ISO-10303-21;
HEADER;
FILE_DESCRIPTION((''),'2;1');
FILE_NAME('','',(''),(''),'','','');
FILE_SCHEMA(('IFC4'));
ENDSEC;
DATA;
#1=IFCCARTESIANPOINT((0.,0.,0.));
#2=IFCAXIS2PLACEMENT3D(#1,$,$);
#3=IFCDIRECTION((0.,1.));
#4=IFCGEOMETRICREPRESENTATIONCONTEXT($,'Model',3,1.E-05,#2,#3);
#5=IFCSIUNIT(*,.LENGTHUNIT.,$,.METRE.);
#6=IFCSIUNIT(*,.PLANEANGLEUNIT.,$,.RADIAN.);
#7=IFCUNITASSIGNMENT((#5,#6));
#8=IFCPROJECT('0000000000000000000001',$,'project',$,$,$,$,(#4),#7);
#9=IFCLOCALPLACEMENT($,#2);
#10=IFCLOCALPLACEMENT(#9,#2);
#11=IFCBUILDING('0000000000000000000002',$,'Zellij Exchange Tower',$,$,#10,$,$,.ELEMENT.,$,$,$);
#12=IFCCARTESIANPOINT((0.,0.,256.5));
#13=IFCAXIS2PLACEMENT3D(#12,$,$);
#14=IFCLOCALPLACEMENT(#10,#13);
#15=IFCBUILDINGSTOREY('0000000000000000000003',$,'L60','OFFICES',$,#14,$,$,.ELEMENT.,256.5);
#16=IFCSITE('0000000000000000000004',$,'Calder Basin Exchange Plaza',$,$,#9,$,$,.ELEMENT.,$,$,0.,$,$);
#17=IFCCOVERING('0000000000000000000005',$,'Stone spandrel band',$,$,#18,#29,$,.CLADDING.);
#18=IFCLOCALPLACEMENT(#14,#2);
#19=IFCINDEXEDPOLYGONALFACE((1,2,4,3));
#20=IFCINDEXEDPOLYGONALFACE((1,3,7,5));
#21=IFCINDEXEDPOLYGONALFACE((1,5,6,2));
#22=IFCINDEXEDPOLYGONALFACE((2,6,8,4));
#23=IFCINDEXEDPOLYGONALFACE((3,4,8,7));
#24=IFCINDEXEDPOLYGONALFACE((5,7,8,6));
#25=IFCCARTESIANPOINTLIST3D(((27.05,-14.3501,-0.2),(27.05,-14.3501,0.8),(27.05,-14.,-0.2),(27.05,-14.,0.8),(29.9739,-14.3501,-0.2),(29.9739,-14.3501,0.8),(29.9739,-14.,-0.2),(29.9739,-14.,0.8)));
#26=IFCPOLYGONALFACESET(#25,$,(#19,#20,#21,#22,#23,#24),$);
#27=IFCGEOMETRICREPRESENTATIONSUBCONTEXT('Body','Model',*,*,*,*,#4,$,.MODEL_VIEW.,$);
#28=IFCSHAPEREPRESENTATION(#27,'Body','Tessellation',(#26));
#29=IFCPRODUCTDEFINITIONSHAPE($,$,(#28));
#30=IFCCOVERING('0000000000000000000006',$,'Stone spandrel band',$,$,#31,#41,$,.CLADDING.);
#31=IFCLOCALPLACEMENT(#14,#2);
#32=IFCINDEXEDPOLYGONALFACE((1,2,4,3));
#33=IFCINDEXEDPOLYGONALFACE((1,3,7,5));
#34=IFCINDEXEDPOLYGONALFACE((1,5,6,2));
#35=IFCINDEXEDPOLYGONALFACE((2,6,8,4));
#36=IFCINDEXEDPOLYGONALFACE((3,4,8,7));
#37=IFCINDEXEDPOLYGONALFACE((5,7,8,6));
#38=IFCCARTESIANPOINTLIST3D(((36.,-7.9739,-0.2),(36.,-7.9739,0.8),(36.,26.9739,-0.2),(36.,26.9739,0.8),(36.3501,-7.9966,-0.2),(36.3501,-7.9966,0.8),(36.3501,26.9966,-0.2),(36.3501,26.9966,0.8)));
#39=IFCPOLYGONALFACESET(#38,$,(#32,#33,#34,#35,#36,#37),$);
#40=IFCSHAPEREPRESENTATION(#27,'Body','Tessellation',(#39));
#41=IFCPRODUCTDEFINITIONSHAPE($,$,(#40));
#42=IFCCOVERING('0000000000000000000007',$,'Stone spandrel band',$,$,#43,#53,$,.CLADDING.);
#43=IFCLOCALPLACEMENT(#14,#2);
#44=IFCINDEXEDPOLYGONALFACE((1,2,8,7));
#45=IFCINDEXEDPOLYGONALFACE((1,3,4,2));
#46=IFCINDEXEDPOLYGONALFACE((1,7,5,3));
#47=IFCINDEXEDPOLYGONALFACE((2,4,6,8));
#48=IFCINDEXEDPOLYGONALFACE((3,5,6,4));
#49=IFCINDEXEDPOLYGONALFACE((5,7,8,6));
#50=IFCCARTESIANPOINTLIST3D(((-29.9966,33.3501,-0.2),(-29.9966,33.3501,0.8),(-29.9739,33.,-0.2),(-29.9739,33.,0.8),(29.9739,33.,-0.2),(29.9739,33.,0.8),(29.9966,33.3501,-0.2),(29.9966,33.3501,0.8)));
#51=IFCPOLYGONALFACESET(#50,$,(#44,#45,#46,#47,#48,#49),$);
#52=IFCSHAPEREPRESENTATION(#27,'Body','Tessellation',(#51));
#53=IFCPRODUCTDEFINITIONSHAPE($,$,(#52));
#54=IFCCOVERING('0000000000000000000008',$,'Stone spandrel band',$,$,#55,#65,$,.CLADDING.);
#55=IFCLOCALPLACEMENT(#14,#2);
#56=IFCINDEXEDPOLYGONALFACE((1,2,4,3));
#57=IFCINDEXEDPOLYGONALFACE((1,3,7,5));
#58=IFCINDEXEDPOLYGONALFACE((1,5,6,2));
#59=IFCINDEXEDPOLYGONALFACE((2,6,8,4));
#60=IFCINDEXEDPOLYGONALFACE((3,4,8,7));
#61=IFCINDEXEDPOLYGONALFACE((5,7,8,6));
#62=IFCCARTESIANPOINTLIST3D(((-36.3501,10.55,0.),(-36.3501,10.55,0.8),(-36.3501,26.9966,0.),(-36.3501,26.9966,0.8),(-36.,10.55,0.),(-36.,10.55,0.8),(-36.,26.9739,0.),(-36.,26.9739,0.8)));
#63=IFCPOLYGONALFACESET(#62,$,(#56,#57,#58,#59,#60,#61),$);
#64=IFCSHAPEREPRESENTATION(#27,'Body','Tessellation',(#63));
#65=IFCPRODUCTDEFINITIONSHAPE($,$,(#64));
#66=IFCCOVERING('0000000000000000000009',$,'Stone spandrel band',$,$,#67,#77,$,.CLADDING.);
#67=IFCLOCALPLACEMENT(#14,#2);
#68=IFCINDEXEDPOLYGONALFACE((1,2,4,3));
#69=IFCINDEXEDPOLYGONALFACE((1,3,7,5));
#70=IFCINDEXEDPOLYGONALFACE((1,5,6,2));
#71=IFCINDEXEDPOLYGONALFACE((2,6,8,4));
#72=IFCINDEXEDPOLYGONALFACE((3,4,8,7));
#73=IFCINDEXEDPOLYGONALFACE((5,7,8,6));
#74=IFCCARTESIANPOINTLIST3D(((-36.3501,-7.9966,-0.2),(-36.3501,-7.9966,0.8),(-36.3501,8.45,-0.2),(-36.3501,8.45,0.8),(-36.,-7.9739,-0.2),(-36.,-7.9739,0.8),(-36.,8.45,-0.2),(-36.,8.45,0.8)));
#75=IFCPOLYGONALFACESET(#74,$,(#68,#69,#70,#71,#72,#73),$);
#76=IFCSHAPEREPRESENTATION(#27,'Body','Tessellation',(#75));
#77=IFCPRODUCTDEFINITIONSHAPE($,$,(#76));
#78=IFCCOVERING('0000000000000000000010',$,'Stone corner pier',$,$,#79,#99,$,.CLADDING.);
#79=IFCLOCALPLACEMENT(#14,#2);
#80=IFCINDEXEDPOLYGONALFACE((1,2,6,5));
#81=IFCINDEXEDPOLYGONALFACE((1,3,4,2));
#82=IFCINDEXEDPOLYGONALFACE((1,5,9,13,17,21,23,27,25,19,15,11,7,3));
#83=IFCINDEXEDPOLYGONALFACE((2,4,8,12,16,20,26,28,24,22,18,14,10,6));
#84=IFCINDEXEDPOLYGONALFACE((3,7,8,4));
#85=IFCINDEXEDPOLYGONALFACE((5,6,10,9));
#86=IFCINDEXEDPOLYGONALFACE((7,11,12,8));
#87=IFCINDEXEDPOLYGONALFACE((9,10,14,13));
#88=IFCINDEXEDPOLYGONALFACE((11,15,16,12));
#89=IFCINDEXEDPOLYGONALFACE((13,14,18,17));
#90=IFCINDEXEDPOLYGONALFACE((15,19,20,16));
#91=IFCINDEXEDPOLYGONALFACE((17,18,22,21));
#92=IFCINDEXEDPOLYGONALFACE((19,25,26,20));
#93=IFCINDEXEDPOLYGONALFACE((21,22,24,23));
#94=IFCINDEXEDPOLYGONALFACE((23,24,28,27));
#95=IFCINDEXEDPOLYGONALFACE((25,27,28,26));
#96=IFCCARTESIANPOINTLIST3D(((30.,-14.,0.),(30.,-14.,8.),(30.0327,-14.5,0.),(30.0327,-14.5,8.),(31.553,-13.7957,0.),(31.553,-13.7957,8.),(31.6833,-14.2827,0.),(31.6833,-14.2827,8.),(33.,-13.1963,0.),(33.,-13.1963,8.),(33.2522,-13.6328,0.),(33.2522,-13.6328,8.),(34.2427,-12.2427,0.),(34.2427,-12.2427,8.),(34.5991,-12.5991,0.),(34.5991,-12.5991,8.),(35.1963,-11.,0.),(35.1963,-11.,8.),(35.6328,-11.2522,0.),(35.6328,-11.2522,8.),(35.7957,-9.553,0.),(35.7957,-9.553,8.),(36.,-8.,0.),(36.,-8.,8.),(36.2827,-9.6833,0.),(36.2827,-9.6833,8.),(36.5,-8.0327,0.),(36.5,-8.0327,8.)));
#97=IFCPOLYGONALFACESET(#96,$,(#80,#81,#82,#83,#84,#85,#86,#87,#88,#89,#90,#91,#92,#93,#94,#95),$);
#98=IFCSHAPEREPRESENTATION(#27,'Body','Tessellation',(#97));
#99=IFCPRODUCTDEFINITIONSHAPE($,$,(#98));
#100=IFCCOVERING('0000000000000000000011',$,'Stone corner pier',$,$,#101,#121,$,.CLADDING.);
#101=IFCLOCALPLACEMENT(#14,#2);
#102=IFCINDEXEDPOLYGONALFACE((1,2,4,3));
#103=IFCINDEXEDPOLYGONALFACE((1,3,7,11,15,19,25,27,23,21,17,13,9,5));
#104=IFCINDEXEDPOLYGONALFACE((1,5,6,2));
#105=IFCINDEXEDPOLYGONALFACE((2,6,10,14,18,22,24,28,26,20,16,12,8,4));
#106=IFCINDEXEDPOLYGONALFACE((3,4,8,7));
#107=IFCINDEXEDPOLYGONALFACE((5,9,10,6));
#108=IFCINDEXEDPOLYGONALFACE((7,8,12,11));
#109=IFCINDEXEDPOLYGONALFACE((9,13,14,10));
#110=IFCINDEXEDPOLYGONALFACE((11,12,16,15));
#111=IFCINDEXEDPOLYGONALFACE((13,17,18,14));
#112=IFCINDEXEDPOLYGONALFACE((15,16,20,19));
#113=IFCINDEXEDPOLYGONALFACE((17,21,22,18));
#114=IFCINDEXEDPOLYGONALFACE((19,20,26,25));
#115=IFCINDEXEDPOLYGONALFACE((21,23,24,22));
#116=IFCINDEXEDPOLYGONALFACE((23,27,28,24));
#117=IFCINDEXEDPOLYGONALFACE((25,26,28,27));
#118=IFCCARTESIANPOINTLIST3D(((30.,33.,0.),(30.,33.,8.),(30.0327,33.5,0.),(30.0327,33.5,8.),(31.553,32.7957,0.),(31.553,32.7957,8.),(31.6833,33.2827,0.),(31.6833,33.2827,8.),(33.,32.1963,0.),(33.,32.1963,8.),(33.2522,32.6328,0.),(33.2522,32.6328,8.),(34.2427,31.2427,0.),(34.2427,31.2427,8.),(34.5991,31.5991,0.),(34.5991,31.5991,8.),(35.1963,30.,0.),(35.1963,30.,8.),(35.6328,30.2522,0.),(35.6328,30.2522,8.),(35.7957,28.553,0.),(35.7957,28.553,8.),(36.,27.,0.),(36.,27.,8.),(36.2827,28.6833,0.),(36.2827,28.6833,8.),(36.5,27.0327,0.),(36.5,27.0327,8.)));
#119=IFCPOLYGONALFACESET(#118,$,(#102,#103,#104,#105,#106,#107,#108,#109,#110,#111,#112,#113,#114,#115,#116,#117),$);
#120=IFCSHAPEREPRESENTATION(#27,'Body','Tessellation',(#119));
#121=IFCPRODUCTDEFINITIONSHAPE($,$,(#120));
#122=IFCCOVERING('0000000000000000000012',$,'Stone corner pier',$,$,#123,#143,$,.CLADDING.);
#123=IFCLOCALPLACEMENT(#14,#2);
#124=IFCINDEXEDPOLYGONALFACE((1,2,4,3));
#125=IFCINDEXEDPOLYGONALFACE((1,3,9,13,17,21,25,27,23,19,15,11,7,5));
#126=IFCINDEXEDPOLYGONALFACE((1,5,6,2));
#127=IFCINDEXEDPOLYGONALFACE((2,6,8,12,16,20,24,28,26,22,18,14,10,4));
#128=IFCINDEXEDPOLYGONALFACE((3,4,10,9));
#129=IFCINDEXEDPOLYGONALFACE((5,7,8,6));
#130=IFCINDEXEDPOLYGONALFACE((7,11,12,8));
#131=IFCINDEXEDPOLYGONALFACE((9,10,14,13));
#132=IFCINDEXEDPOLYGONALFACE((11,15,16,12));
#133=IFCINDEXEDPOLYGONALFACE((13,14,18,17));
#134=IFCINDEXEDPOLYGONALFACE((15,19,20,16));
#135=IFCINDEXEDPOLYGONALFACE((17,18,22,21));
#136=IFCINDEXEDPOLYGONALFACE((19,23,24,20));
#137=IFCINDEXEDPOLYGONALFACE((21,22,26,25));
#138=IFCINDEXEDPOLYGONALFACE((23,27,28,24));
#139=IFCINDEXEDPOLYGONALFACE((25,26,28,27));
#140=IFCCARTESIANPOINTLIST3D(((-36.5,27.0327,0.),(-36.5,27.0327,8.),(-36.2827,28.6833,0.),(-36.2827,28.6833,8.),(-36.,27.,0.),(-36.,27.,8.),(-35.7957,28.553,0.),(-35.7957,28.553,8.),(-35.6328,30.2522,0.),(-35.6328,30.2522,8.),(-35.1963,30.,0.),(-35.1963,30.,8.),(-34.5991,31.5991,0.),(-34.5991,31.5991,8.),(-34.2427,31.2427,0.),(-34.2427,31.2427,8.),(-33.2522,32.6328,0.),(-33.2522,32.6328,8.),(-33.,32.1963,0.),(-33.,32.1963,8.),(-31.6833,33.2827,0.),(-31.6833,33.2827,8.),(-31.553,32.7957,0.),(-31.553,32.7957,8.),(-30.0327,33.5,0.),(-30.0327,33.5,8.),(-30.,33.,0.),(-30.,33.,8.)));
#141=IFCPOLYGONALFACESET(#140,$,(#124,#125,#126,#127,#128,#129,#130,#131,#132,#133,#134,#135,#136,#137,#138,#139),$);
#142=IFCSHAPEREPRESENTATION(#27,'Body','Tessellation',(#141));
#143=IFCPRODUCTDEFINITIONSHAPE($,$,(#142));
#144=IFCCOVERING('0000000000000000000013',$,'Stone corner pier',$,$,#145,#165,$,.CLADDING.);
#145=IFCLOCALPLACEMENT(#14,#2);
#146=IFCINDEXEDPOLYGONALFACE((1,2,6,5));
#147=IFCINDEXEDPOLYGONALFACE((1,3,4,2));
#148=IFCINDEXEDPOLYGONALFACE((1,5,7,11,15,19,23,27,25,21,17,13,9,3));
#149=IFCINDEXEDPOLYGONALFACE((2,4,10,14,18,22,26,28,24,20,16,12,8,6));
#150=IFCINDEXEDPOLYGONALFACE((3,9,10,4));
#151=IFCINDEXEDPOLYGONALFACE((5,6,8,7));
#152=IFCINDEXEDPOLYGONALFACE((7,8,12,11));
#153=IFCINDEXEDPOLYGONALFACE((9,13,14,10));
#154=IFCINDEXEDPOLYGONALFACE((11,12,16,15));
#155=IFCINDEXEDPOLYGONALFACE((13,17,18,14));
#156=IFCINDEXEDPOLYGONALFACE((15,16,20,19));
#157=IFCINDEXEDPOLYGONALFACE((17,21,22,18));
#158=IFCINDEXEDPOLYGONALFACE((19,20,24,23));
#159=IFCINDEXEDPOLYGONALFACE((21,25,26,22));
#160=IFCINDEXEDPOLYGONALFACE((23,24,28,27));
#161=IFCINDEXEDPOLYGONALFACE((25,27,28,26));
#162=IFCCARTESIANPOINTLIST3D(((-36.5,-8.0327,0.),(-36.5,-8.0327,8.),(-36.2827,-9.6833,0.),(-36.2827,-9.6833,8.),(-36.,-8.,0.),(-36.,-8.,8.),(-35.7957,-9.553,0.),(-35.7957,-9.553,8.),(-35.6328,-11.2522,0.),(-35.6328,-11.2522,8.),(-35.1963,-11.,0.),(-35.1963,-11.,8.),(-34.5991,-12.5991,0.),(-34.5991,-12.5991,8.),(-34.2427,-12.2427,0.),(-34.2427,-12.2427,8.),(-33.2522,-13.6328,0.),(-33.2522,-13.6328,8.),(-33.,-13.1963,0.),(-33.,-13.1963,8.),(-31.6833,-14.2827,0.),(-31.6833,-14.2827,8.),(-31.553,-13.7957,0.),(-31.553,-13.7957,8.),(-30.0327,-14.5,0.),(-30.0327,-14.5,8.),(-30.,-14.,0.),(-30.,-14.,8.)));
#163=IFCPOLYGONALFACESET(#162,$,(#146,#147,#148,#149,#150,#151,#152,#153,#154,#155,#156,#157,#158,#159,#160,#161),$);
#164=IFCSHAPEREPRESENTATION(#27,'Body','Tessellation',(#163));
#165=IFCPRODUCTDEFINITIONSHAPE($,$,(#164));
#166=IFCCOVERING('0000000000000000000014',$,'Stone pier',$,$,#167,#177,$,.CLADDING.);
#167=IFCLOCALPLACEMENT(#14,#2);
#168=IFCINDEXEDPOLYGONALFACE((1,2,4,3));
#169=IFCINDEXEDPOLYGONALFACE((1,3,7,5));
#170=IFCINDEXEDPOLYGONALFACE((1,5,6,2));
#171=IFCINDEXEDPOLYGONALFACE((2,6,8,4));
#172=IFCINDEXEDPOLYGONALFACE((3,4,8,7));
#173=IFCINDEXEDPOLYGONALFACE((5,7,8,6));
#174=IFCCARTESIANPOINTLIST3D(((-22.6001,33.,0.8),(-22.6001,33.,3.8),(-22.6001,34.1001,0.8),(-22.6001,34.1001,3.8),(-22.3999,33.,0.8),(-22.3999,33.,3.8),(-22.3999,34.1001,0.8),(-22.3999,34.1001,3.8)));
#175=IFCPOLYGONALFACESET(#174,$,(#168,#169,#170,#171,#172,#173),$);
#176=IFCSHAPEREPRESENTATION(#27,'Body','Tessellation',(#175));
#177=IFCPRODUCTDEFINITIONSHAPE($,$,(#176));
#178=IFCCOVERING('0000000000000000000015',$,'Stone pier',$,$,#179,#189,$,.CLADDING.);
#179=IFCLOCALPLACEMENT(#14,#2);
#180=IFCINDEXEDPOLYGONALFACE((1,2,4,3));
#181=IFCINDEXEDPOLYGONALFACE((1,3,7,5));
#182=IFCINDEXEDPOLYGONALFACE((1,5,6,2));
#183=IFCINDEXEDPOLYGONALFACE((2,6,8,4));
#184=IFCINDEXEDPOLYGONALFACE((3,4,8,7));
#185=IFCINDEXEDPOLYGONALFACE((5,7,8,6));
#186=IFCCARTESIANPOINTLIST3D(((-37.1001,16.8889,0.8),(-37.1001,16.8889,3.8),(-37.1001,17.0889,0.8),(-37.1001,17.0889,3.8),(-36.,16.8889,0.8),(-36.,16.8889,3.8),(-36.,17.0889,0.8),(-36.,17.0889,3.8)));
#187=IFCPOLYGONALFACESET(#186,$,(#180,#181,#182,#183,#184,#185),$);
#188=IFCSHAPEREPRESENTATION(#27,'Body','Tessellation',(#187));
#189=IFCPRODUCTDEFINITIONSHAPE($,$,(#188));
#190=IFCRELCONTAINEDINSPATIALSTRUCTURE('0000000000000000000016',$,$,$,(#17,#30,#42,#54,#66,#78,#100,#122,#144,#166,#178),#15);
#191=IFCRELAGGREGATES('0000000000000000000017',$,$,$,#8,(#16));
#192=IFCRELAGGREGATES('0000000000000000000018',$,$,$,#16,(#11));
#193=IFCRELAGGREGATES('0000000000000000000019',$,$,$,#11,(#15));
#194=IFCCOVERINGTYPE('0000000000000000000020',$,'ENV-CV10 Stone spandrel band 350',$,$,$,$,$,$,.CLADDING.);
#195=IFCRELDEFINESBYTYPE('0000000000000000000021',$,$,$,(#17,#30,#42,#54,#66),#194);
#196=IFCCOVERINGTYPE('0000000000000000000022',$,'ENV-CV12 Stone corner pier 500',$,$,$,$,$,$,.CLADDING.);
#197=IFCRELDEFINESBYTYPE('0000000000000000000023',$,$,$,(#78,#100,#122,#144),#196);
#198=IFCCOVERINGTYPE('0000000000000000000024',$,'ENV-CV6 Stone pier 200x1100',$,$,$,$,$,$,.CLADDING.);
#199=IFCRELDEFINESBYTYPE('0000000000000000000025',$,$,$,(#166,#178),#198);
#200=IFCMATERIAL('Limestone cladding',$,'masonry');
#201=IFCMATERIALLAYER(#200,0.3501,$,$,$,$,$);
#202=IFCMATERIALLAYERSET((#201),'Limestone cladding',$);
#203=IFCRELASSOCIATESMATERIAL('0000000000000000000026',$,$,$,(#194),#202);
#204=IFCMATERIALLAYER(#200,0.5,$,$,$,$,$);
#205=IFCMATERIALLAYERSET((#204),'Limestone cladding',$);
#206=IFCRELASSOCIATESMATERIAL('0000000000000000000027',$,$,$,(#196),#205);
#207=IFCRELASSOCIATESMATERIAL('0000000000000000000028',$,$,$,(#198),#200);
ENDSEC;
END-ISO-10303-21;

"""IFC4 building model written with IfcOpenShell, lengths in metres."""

from ifc_helpers import new_model, si_unit, direction, frame, origin, place, context, subcontext, project, spatial, polyline, outline, extrude, material, layer, layer_set, type_object, element, save


model = new_model("IFC4")

# Units and contexts
model_context = context("Model", 3, precision=1e-05, world=origin(), true_north=direction((0.0, 1.0)))
body_context = subcontext(model_context, "Body", "Model", "MODEL_VIEW")
ifc_project = project(units=[si_unit("LENGTHUNIT", "METRE"), si_unit("PLANEANGLEUNIT", "RADIAN")], contexts=[model_context])

# Site, building, storey
site_placement = place(None, origin())
site = spatial("IfcSite", under=ifc_project, at=site_placement, Name="Calder Basin Exchange Plaza", CompositionType="ELEMENT", RefElevation=0.0)
building_placement = place(site_placement, origin())
building = spatial("IfcBuilding", under=site, at=building_placement, Name="Zellij Exchange Tower", CompositionType="ELEMENT")
storey_placement = place(building_placement, frame((0.0, 0.0, 256.5)))
storey = spatial("IfcBuildingStorey", under=building, at=storey_placement, Name="L60", Description="OFFICES", CompositionType="ELEMENT", Elevation=256.5)

# Coverings
ifc_material_1 = material(Name="Limestone cladding", Category="masonry")
ifc_layer_1 = layer(ifc_material_1, 0.3501)
ifc_layer_set_1 = layer_set([ifc_layer_1], Name="Limestone cladding")
covering_type_1 = type_object("IfcCoveringType", Name="ENV-CV10 Stone spandrel band 350", PredefinedType="CLADDING", material=ifc_layer_set_1)
covering_1_placement = place(storey_placement, frame((0.0, 0.0, -0.2)))
element("IfcCovering", 1, at=covering_1_placement, inside=storey, type_object=covering_type_1, Name="Stone spandrel band", PredefinedType="CLADDING", context=body_context, shape_type="SweptSolid", body=[
    extrude(outline(polyline([(27.05, -14.0), (29.9739, -14.0), (29.9739, -14.3501), (27.05, -14.3501), (27.05, -14.0)])), origin(), (0.0, 0.0, 1.0), 1.0),
])
covering_2_placement = place(storey_placement, frame((0.0, 0.0, -0.2)))
element("IfcCovering", 2, at=covering_2_placement, inside=storey, type_object=covering_type_1, Name="Stone spandrel band", PredefinedType="CLADDING", context=body_context, shape_type="SweptSolid", body=[
    extrude(outline(polyline([(36.0, -7.9739), (36.0, 26.9739), (36.3501, 26.9966), (36.3501, -7.9966), (36.0, -7.9739)])), origin(), (0.0, 0.0, 1.0), 1.0),
])
covering_3_placement = place(storey_placement, frame((0.0, 0.0, -0.2)))
element("IfcCovering", 3, at=covering_3_placement, inside=storey, type_object=covering_type_1, Name="Stone spandrel band", PredefinedType="CLADDING", context=body_context, shape_type="SweptSolid", body=[
    extrude(outline(polyline([(29.9739, 33.0), (-29.9739, 33.0), (-29.9966, 33.3501), (29.9966, 33.3501), (29.9739, 33.0)])), origin(), (0.0, 0.0, 1.0), 1.0),
])
covering_4_placement = place(storey_placement, origin())
element("IfcCovering", 4, at=covering_4_placement, inside=storey, type_object=covering_type_1, Name="Stone spandrel band", PredefinedType="CLADDING", context=body_context, shape_type="SweptSolid", body=[
    extrude(outline(polyline([(-36.0, 26.9739), (-36.0, 10.55), (-36.3501, 10.55), (-36.3501, 26.9966), (-36.0, 26.9739)])), origin(), (0.0, 0.0, 1.0), 0.8),
])
covering_5_placement = place(storey_placement, frame((0.0, 0.0, -0.2)))
element("IfcCovering", 5, at=covering_5_placement, inside=storey, type_object=covering_type_1, Name="Stone spandrel band", PredefinedType="CLADDING", context=body_context, shape_type="SweptSolid", body=[
    extrude(outline(polyline([(-36.0, 8.45), (-36.0, -7.9739), (-36.3501, -7.9966), (-36.3501, 8.45), (-36.0, 8.45)])), origin(), (0.0, 0.0, 1.0), 1.0),
])
ifc_layer_2 = layer(ifc_material_1, 0.5)
ifc_layer_set_2 = layer_set([ifc_layer_2], Name="Limestone cladding")
covering_type_2 = type_object("IfcCoveringType", Name="ENV-CV12 Stone corner pier 500", PredefinedType="CLADDING", material=ifc_layer_set_2)
covering_6_placement = place(storey_placement, origin())
element("IfcCovering", 6, at=covering_6_placement, inside=storey, type_object=covering_type_2, Name="Stone corner pier", PredefinedType="CLADDING", context=body_context, shape_type="SweptSolid", body=[
    extrude(outline(polyline([(30.0, -14.0), (31.553, -13.7957), (33.0, -13.1963), (34.2427, -12.2427), (35.1963, -11.0), (35.7957, -9.553), (36.0, -8.0), (36.5, -8.0327), (36.2827, -9.6833), (35.6328, -11.2522), (34.5991, -12.5991), (33.2522, -13.6328), (31.6833, -14.2827), (30.0327, -14.5), (30.0, -14.0)])), origin(), (0.0, 0.0, 1.0), 8.0),
])
covering_7_placement = place(storey_placement, origin())
element("IfcCovering", 7, at=covering_7_placement, inside=storey, type_object=covering_type_2, Name="Stone corner pier", PredefinedType="CLADDING", context=body_context, shape_type="SweptSolid", body=[
    extrude(outline(polyline([(36.0, 27.0), (35.7957, 28.553), (35.1963, 30.0), (34.2427, 31.2427), (33.0, 32.1963), (31.553, 32.7957), (30.0, 33.0), (30.0327, 33.5), (31.6833, 33.2827), (33.2522, 32.6328), (34.5991, 31.5991), (35.6328, 30.2522), (36.2827, 28.6833), (36.5, 27.0327), (36.0, 27.0)])), origin(), (0.0, 0.0, 1.0), 8.0),
])
covering_8_placement = place(storey_placement, origin())
element("IfcCovering", 8, at=covering_8_placement, inside=storey, type_object=covering_type_2, Name="Stone corner pier", PredefinedType="CLADDING", context=body_context, shape_type="SweptSolid", body=[
    extrude(outline(polyline([(-30.0, 33.0), (-31.553, 32.7957), (-33.0, 32.1963), (-34.2427, 31.2427), (-35.1963, 30.0), (-35.7957, 28.553), (-36.0, 27.0), (-36.5, 27.0327), (-36.2827, 28.6833), (-35.6328, 30.2522), (-34.5991, 31.5991), (-33.2522, 32.6328), (-31.6833, 33.2827), (-30.0327, 33.5), (-30.0, 33.0)])), origin(), (0.0, 0.0, 1.0), 8.0),
])
covering_9_placement = place(storey_placement, origin())
element("IfcCovering", 9, at=covering_9_placement, inside=storey, type_object=covering_type_2, Name="Stone corner pier", PredefinedType="CLADDING", context=body_context, shape_type="SweptSolid", body=[
    extrude(outline(polyline([(-36.0, -8.0), (-35.7957, -9.553), (-35.1963, -11.0), (-34.2427, -12.2427), (-33.0, -13.1963), (-31.553, -13.7957), (-30.0, -14.0), (-30.0327, -14.5), (-31.6833, -14.2827), (-33.2522, -13.6328), (-34.5991, -12.5991), (-35.6328, -11.2522), (-36.2827, -9.6833), (-36.5, -8.0327), (-36.0, -8.0)])), origin(), (0.0, 0.0, 1.0), 8.0),
])
covering_type_3 = type_object("IfcCoveringType", Name="ENV-CV6 Stone pier 200x1100", PredefinedType="CLADDING", material=ifc_material_1)
covering_10_placement = place(storey_placement, frame((0.0, 0.0, 0.8)))
element("IfcCovering", 10, at=covering_10_placement, inside=storey, type_object=covering_type_3, Name="Stone pier", PredefinedType="CLADDING", context=body_context, shape_type="SweptSolid", body=[
    extrude(outline(polyline([(-22.3999, 33.0), (-22.6001, 33.0), (-22.6001, 34.1001), (-22.3999, 34.1001), (-22.3999, 33.0)])), origin(), (0.0, 0.0, 1.0), 3.0),
])
covering_11_placement = place(storey_placement, frame((0.0, 0.0, 0.8)))
element("IfcCovering", 11, at=covering_11_placement, inside=storey, type_object=covering_type_3, Name="Stone pier", PredefinedType="CLADDING", context=body_context, shape_type="SweptSolid", body=[
    extrude(outline(polyline([(-36.0, 17.0889), (-36.0, 16.8889), (-37.1001, 16.8889), (-37.1001, 17.0889), (-36.0, 17.0889)])), origin(), (0.0, 0.0, 1.0), 3.0),
])

save(model, "model.ifc")
